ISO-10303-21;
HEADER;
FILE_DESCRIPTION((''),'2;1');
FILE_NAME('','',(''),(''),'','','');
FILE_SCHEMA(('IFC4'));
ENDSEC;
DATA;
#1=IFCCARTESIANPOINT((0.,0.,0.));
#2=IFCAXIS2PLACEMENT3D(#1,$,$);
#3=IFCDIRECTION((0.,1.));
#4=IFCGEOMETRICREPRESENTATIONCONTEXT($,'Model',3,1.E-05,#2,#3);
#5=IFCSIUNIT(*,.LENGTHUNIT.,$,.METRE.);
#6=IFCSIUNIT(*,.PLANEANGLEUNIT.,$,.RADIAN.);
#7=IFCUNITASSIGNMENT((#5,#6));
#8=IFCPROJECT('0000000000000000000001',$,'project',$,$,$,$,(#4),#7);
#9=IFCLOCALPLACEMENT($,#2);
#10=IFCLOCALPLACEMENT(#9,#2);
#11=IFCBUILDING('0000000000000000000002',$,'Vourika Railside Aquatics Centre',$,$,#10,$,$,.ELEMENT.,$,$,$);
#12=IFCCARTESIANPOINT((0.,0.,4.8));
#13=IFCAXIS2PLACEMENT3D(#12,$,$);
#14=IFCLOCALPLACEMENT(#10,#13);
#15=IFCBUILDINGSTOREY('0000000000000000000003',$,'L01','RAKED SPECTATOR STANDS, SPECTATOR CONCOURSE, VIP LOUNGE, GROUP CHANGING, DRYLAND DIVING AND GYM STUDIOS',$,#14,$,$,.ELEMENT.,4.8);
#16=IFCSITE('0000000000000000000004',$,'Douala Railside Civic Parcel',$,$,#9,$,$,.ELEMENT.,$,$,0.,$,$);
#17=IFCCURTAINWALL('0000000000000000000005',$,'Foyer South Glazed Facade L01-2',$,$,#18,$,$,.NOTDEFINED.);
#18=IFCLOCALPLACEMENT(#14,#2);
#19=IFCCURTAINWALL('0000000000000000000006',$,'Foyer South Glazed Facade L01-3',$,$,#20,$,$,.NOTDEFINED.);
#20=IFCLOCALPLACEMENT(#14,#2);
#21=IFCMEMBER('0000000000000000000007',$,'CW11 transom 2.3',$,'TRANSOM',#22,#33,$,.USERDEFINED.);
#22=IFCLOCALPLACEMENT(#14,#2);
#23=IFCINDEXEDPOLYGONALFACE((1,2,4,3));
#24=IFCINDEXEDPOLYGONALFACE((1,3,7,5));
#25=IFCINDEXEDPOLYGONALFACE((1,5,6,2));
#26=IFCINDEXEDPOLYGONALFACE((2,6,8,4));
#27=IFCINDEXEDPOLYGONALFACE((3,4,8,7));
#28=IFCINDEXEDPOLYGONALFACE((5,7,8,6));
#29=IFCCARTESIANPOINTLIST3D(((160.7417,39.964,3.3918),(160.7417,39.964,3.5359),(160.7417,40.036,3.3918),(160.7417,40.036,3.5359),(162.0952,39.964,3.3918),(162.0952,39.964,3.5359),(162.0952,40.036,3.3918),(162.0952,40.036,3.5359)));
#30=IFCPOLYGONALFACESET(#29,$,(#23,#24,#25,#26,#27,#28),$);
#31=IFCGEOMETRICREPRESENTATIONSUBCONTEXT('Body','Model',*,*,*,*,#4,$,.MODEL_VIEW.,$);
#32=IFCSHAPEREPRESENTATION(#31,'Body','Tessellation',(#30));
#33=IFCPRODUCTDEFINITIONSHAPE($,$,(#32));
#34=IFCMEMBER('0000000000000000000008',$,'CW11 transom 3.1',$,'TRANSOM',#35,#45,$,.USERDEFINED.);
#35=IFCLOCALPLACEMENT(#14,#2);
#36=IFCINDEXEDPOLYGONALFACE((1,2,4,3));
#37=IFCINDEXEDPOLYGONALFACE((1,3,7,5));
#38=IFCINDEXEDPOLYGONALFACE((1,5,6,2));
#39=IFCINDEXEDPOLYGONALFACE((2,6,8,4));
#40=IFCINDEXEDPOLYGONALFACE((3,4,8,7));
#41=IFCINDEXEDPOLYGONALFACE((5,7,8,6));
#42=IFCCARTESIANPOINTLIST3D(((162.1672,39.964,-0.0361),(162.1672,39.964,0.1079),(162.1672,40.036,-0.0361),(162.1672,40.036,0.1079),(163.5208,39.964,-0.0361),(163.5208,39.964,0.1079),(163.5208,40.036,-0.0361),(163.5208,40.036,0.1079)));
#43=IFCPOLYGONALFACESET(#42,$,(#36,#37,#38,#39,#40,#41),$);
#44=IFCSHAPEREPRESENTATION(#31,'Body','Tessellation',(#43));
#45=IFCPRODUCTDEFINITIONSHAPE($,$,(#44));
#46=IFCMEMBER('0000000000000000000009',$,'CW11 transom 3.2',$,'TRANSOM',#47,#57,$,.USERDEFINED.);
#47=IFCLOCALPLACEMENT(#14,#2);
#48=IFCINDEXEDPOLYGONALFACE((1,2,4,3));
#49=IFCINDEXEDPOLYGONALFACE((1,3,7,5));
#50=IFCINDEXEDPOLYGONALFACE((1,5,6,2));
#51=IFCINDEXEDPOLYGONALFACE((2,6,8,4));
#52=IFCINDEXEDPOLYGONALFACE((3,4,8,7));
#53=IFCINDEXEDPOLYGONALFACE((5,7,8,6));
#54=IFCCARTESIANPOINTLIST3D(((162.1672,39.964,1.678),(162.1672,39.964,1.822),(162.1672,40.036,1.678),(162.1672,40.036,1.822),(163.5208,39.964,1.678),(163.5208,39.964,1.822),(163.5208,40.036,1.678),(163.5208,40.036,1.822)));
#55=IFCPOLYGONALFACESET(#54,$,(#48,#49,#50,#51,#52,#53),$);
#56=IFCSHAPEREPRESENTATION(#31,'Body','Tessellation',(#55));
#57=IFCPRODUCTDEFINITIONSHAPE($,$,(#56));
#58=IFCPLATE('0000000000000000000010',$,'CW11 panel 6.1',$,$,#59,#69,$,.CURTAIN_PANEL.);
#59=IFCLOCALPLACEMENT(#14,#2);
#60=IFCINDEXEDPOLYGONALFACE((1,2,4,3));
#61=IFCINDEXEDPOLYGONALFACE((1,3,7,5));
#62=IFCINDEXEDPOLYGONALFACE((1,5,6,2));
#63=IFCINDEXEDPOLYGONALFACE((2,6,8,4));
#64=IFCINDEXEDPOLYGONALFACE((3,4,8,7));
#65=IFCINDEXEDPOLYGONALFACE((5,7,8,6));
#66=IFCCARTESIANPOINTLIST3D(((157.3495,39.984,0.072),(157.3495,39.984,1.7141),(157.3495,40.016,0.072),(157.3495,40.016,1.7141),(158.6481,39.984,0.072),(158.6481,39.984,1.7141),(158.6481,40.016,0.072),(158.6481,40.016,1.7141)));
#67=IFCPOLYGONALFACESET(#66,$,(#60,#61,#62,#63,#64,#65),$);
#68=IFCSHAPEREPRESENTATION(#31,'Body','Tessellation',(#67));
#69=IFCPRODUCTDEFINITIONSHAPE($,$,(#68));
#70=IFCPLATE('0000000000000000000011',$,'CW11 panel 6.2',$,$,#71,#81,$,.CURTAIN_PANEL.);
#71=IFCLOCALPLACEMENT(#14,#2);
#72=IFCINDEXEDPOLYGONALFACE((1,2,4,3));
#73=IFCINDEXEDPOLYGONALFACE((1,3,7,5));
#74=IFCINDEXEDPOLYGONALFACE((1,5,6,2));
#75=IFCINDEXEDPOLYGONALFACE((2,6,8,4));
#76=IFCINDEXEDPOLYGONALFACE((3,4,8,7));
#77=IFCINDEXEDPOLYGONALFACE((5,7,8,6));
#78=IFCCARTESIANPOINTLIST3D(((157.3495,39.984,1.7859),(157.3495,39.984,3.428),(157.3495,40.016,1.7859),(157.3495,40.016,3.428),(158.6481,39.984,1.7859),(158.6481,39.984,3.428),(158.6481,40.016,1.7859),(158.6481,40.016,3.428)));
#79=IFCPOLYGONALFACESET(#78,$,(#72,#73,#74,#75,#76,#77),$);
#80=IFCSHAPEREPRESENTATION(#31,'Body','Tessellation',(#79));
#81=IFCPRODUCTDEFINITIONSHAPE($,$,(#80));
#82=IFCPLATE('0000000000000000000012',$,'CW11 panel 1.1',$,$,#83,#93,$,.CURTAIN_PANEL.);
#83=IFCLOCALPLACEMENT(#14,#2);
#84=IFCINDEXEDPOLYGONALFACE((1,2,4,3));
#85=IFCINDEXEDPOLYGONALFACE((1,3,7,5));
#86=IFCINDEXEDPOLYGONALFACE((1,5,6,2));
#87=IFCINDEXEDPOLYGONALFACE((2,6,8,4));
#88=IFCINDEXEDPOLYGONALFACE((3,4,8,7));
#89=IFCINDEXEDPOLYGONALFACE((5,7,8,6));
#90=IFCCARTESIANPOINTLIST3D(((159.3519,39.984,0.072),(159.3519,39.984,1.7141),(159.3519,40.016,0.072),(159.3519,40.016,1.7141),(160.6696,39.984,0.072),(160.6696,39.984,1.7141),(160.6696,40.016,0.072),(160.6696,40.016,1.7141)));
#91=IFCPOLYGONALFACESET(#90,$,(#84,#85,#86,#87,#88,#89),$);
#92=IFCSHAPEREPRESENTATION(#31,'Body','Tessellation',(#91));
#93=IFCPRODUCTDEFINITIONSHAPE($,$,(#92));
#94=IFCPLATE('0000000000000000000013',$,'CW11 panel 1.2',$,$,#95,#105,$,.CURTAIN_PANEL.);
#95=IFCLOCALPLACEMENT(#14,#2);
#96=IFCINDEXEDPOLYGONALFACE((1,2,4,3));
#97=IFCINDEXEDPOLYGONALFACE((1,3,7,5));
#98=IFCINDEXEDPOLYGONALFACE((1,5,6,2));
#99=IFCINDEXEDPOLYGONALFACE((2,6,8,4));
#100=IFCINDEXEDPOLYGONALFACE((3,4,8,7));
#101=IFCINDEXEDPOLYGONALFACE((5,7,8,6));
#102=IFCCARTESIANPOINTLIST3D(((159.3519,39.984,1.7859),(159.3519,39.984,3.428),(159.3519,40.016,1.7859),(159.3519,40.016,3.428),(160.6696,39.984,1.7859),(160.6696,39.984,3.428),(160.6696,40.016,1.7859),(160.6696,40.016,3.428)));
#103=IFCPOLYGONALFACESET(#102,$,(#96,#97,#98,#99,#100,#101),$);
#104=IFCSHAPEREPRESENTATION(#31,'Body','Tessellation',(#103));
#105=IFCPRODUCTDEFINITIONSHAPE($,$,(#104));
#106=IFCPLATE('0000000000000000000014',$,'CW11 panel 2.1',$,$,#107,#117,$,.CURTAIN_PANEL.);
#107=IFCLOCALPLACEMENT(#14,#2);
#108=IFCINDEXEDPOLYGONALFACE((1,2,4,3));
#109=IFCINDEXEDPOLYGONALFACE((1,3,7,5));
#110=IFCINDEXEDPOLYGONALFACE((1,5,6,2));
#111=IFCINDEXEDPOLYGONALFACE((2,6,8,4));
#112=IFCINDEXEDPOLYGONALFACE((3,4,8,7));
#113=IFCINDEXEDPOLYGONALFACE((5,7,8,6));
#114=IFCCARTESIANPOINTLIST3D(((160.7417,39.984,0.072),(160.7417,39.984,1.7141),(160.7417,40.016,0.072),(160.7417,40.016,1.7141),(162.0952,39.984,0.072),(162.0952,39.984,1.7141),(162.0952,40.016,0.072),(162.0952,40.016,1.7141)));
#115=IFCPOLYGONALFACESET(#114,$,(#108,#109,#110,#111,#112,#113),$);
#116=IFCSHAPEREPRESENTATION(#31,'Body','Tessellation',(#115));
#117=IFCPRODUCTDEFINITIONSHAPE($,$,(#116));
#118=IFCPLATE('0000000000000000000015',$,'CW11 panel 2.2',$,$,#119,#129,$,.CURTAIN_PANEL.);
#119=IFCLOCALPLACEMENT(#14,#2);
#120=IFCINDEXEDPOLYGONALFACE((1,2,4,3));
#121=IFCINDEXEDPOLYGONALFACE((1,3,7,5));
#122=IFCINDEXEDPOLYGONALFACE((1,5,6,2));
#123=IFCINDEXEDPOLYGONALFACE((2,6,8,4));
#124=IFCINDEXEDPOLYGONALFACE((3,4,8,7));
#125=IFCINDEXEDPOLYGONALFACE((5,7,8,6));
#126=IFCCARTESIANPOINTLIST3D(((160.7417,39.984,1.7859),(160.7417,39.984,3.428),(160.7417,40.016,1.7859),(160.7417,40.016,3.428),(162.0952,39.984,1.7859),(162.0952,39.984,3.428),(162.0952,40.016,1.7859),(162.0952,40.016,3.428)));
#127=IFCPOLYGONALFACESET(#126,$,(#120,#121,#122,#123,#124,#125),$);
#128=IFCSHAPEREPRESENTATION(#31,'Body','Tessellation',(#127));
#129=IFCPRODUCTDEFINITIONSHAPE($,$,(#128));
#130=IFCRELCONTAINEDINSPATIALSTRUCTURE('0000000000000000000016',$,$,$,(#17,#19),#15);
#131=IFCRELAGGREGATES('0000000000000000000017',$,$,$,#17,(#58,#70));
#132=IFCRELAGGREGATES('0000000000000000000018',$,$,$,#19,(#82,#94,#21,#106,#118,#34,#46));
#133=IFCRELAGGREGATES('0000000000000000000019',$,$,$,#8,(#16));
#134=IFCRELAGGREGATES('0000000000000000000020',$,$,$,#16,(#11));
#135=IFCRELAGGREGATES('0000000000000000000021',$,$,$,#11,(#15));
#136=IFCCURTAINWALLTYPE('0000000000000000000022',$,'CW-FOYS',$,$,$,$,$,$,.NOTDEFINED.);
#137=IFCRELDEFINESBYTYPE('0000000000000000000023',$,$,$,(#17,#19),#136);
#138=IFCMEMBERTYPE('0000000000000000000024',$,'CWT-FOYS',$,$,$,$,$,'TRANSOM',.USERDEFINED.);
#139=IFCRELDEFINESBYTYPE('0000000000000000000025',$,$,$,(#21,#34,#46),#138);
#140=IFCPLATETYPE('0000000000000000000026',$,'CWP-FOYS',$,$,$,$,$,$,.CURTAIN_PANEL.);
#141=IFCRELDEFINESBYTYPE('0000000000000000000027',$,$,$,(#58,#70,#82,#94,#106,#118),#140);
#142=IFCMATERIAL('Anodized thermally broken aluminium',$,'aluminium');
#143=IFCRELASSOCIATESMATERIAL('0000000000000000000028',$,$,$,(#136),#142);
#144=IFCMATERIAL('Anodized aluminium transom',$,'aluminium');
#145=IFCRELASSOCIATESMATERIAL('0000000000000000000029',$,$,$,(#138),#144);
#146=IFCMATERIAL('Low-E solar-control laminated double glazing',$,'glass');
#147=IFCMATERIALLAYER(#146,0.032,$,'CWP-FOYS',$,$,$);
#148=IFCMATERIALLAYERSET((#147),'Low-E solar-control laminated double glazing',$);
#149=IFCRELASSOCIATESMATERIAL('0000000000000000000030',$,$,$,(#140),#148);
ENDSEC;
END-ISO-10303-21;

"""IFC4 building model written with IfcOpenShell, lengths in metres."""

from ifc_helpers import new_model, si_unit, direction, frame, origin, origin_2d, place, context, subcontext, project, spatial, rectangle, extrude, material, layer, layer_set, material_profile, profile_set, type_object, element, aggregate, save


model = new_model("IFC4")

# Units and contexts
model_context = context("Model", 3, precision=1e-05, world=origin(), true_north=direction((0.0, 1.0)))
body_context = subcontext(model_context, "Body", "Model", "MODEL_VIEW")
ifc_project = project(units=[si_unit("LENGTHUNIT", "METRE"), si_unit("PLANEANGLEUNIT", "RADIAN")], contexts=[model_context])

# Site, building, storey
site_placement = place(None, origin())
site = spatial("IfcSite", under=ifc_project, at=site_placement, Name="Douala Railside Civic Parcel", CompositionType="ELEMENT", RefElevation=0.0)
building_placement = place(site_placement, origin())
building = spatial("IfcBuilding", under=site, at=building_placement, Name="Vourika Railside Aquatics Centre", CompositionType="ELEMENT")
storey_placement = place(building_placement, frame((0.0, 0.0, 4.8)))
storey = spatial("IfcBuildingStorey", under=building, at=storey_placement, Name="L01", Description="RAKED SPECTATOR STANDS, SPECTATOR CONCOURSE, VIP LOUNGE, GROUP CHANGING, DRYLAND DIVING AND GYM STUDIOS", CompositionType="ELEMENT", Elevation=4.8)

# Curtain wall
ifc_material_1 = material(Name="Anodized thermally broken aluminium", Category="aluminium")
curtain_wall_type = type_object("IfcCurtainWallType", Name="CW-FOYS", PredefinedType="NOTDEFINED", material=ifc_material_1)
curtain_wall_1_placement = place(storey_placement, origin())
curtain_wall_1 = element("IfcCurtainWall", 1, at=curtain_wall_1_placement, inside=storey, type_object=curtain_wall_type, Name="Foyer South Glazed Facade L01-2", PredefinedType="NOTDEFINED")

# Curtain wall
curtain_wall_2_placement = place(storey_placement, origin())
curtain_wall_2 = element("IfcCurtainWall", 2, at=curtain_wall_2_placement, inside=storey, type_object=curtain_wall_type, Name="Foyer South Glazed Facade L01-3", PredefinedType="NOTDEFINED")

# Members
ifc_material_2 = material(Name="Anodized aluminium transom", Category="aluminium")
ifc_material_profile_1 = material_profile(ifc_material_2, rectangle(XDim=0.072, YDim=0.144, at=origin_2d()), Name="ALU-T 72x144")
ifc_profile_set_1 = profile_set([ifc_material_profile_1], Name="Anodized aluminium transom")
member_type_1 = type_object("IfcMemberType", Name="CWT-FOYS", ElementType="TRANSOM", PredefinedType="USERDEFINED", material=ifc_profile_set_1)
member_1_placement = place(storey_placement, frame((160.7417, 40.0, 3.4639), z_axis=(1.0, 0.0, 0.0), x_axis=(0.0, 1.0, 0.0)))
member_1 = element("IfcMember", 3, at=member_1_placement, type_object=member_type_1, Name="CW11 transom 2.3", ObjectType="TRANSOM", PredefinedType="USERDEFINED", context=body_context, shape_type="SweptSolid", body=[
    extrude(rectangle(XDim=0.072, YDim=0.144, at=origin_2d()), origin(), (0.0, 0.0, 1.0), 1.3535),
])
member_2_placement = place(storey_placement, frame((162.1672, 40.0, 0.0359), z_axis=(1.0, 0.0, 0.0), x_axis=(0.0, 1.0, 0.0)))
member_2 = element("IfcMember", 4, at=member_2_placement, type_object=member_type_1, Name="CW11 transom 3.1", ObjectType="TRANSOM", PredefinedType="USERDEFINED", context=body_context, shape_type="SweptSolid", body=[
    extrude(rectangle(XDim=0.072, YDim=0.144, at=origin_2d()), origin(), (0.0, 0.0, 1.0), 1.3535),
])
member_3_placement = place(storey_placement, frame((162.1672, 40.0, 1.75), z_axis=(1.0, 0.0, 0.0), x_axis=(0.0, 1.0, 0.0)))
member_3 = element("IfcMember", 5, at=member_3_placement, type_object=member_type_1, Name="CW11 transom 3.2", ObjectType="TRANSOM", PredefinedType="USERDEFINED", context=body_context, shape_type="SweptSolid", body=[
    extrude(rectangle(XDim=0.072, YDim=0.144, at=origin_2d()), origin(), (0.0, 0.0, 1.0), 1.3535),
])

# Plates
ifc_material_3 = material(Name="Low-E solar-control laminated double glazing", Category="glass")
ifc_layer = layer(ifc_material_3, 0.032, Name="CWP-FOYS")
ifc_layer_set = layer_set([ifc_layer], Name="Low-E solar-control laminated double glazing")
plate_type = type_object("IfcPlateType", Name="CWP-FOYS", PredefinedType="CURTAIN_PANEL", material=ifc_layer_set)
plate_1_placement = place(storey_placement, frame((157.9988, 40.0, 0.072), z_axis=(0.0, 0.0, 1.0), x_axis=(1.0, 0.0, 0.0)))
plate_1 = element("IfcPlate", 6, at=plate_1_placement, type_object=plate_type, Name="CW11 panel 6.1", PredefinedType="CURTAIN_PANEL", context=body_context, shape_type="SweptSolid", body=[
    extrude(rectangle(XDim=1.2986, YDim=0.032, at=origin_2d()), origin(), (0.0, 0.0, 1.0), 1.6421),
])
plate_2_placement = place(storey_placement, frame((157.9988, 40.0, 1.7859), z_axis=(0.0, 0.0, 1.0), x_axis=(1.0, 0.0, 0.0)))
plate_2 = element("IfcPlate", 7, at=plate_2_placement, type_object=plate_type, Name="CW11 panel 6.2", PredefinedType="CURTAIN_PANEL", context=body_context, shape_type="SweptSolid", body=[
    extrude(rectangle(XDim=1.2986, YDim=0.032, at=origin_2d()), origin(), (0.0, 0.0, 1.0), 1.6421),
])
aggregate(curtain_wall_1, [plate_1, plate_2])
plate_3_placement = place(storey_placement, frame((160.0107, 40.0, 0.072), z_axis=(0.0, 0.0, 1.0), x_axis=(1.0, 0.0, 0.0)))
plate_3 = element("IfcPlate", 8, at=plate_3_placement, type_object=plate_type, Name="CW11 panel 1.1", PredefinedType="CURTAIN_PANEL", context=body_context, shape_type="SweptSolid", body=[
    extrude(rectangle(XDim=1.3176, YDim=0.032, at=origin_2d()), origin(), (0.0, 0.0, 1.0), 1.6421),
])
plate_4_placement = place(storey_placement, frame((160.0107, 40.0, 1.7859), z_axis=(0.0, 0.0, 1.0), x_axis=(1.0, 0.0, 0.0)))
plate_4 = element("IfcPlate", 9, at=plate_4_placement, type_object=plate_type, Name="CW11 panel 1.2", PredefinedType="CURTAIN_PANEL", context=body_context, shape_type="SweptSolid", body=[
    extrude(rectangle(XDim=1.3176, YDim=0.032, at=origin_2d()), origin(), (0.0, 0.0, 1.0), 1.6421),
])
plate_5_placement = place(storey_placement, frame((161.4185, 40.0, 0.072), z_axis=(0.0, 0.0, 1.0), x_axis=(1.0, 0.0, 0.0)))
plate_5 = element("IfcPlate", 10, at=plate_5_placement, type_object=plate_type, Name="CW11 panel 2.1", PredefinedType="CURTAIN_PANEL", context=body_context, shape_type="SweptSolid", body=[
    extrude(rectangle(XDim=1.3535, YDim=0.032, at=origin_2d()), origin(), (0.0, 0.0, 1.0), 1.6421),
])
plate_6_placement = place(storey_placement, frame((161.4185, 40.0, 1.7859), z_axis=(0.0, 0.0, 1.0), x_axis=(1.0, 0.0, 0.0)))
plate_6 = element("IfcPlate", 11, at=plate_6_placement, type_object=plate_type, Name="CW11 panel 2.2", PredefinedType="CURTAIN_PANEL", context=body_context, shape_type="SweptSolid", body=[
    extrude(rectangle(XDim=1.3535, YDim=0.032, at=origin_2d()), origin(), (0.0, 0.0, 1.0), 1.6421),
])
aggregate(curtain_wall_2, [plate_3, plate_4, member_1, plate_5, plate_6, member_2, member_3])

save(model, "model.ifc")
